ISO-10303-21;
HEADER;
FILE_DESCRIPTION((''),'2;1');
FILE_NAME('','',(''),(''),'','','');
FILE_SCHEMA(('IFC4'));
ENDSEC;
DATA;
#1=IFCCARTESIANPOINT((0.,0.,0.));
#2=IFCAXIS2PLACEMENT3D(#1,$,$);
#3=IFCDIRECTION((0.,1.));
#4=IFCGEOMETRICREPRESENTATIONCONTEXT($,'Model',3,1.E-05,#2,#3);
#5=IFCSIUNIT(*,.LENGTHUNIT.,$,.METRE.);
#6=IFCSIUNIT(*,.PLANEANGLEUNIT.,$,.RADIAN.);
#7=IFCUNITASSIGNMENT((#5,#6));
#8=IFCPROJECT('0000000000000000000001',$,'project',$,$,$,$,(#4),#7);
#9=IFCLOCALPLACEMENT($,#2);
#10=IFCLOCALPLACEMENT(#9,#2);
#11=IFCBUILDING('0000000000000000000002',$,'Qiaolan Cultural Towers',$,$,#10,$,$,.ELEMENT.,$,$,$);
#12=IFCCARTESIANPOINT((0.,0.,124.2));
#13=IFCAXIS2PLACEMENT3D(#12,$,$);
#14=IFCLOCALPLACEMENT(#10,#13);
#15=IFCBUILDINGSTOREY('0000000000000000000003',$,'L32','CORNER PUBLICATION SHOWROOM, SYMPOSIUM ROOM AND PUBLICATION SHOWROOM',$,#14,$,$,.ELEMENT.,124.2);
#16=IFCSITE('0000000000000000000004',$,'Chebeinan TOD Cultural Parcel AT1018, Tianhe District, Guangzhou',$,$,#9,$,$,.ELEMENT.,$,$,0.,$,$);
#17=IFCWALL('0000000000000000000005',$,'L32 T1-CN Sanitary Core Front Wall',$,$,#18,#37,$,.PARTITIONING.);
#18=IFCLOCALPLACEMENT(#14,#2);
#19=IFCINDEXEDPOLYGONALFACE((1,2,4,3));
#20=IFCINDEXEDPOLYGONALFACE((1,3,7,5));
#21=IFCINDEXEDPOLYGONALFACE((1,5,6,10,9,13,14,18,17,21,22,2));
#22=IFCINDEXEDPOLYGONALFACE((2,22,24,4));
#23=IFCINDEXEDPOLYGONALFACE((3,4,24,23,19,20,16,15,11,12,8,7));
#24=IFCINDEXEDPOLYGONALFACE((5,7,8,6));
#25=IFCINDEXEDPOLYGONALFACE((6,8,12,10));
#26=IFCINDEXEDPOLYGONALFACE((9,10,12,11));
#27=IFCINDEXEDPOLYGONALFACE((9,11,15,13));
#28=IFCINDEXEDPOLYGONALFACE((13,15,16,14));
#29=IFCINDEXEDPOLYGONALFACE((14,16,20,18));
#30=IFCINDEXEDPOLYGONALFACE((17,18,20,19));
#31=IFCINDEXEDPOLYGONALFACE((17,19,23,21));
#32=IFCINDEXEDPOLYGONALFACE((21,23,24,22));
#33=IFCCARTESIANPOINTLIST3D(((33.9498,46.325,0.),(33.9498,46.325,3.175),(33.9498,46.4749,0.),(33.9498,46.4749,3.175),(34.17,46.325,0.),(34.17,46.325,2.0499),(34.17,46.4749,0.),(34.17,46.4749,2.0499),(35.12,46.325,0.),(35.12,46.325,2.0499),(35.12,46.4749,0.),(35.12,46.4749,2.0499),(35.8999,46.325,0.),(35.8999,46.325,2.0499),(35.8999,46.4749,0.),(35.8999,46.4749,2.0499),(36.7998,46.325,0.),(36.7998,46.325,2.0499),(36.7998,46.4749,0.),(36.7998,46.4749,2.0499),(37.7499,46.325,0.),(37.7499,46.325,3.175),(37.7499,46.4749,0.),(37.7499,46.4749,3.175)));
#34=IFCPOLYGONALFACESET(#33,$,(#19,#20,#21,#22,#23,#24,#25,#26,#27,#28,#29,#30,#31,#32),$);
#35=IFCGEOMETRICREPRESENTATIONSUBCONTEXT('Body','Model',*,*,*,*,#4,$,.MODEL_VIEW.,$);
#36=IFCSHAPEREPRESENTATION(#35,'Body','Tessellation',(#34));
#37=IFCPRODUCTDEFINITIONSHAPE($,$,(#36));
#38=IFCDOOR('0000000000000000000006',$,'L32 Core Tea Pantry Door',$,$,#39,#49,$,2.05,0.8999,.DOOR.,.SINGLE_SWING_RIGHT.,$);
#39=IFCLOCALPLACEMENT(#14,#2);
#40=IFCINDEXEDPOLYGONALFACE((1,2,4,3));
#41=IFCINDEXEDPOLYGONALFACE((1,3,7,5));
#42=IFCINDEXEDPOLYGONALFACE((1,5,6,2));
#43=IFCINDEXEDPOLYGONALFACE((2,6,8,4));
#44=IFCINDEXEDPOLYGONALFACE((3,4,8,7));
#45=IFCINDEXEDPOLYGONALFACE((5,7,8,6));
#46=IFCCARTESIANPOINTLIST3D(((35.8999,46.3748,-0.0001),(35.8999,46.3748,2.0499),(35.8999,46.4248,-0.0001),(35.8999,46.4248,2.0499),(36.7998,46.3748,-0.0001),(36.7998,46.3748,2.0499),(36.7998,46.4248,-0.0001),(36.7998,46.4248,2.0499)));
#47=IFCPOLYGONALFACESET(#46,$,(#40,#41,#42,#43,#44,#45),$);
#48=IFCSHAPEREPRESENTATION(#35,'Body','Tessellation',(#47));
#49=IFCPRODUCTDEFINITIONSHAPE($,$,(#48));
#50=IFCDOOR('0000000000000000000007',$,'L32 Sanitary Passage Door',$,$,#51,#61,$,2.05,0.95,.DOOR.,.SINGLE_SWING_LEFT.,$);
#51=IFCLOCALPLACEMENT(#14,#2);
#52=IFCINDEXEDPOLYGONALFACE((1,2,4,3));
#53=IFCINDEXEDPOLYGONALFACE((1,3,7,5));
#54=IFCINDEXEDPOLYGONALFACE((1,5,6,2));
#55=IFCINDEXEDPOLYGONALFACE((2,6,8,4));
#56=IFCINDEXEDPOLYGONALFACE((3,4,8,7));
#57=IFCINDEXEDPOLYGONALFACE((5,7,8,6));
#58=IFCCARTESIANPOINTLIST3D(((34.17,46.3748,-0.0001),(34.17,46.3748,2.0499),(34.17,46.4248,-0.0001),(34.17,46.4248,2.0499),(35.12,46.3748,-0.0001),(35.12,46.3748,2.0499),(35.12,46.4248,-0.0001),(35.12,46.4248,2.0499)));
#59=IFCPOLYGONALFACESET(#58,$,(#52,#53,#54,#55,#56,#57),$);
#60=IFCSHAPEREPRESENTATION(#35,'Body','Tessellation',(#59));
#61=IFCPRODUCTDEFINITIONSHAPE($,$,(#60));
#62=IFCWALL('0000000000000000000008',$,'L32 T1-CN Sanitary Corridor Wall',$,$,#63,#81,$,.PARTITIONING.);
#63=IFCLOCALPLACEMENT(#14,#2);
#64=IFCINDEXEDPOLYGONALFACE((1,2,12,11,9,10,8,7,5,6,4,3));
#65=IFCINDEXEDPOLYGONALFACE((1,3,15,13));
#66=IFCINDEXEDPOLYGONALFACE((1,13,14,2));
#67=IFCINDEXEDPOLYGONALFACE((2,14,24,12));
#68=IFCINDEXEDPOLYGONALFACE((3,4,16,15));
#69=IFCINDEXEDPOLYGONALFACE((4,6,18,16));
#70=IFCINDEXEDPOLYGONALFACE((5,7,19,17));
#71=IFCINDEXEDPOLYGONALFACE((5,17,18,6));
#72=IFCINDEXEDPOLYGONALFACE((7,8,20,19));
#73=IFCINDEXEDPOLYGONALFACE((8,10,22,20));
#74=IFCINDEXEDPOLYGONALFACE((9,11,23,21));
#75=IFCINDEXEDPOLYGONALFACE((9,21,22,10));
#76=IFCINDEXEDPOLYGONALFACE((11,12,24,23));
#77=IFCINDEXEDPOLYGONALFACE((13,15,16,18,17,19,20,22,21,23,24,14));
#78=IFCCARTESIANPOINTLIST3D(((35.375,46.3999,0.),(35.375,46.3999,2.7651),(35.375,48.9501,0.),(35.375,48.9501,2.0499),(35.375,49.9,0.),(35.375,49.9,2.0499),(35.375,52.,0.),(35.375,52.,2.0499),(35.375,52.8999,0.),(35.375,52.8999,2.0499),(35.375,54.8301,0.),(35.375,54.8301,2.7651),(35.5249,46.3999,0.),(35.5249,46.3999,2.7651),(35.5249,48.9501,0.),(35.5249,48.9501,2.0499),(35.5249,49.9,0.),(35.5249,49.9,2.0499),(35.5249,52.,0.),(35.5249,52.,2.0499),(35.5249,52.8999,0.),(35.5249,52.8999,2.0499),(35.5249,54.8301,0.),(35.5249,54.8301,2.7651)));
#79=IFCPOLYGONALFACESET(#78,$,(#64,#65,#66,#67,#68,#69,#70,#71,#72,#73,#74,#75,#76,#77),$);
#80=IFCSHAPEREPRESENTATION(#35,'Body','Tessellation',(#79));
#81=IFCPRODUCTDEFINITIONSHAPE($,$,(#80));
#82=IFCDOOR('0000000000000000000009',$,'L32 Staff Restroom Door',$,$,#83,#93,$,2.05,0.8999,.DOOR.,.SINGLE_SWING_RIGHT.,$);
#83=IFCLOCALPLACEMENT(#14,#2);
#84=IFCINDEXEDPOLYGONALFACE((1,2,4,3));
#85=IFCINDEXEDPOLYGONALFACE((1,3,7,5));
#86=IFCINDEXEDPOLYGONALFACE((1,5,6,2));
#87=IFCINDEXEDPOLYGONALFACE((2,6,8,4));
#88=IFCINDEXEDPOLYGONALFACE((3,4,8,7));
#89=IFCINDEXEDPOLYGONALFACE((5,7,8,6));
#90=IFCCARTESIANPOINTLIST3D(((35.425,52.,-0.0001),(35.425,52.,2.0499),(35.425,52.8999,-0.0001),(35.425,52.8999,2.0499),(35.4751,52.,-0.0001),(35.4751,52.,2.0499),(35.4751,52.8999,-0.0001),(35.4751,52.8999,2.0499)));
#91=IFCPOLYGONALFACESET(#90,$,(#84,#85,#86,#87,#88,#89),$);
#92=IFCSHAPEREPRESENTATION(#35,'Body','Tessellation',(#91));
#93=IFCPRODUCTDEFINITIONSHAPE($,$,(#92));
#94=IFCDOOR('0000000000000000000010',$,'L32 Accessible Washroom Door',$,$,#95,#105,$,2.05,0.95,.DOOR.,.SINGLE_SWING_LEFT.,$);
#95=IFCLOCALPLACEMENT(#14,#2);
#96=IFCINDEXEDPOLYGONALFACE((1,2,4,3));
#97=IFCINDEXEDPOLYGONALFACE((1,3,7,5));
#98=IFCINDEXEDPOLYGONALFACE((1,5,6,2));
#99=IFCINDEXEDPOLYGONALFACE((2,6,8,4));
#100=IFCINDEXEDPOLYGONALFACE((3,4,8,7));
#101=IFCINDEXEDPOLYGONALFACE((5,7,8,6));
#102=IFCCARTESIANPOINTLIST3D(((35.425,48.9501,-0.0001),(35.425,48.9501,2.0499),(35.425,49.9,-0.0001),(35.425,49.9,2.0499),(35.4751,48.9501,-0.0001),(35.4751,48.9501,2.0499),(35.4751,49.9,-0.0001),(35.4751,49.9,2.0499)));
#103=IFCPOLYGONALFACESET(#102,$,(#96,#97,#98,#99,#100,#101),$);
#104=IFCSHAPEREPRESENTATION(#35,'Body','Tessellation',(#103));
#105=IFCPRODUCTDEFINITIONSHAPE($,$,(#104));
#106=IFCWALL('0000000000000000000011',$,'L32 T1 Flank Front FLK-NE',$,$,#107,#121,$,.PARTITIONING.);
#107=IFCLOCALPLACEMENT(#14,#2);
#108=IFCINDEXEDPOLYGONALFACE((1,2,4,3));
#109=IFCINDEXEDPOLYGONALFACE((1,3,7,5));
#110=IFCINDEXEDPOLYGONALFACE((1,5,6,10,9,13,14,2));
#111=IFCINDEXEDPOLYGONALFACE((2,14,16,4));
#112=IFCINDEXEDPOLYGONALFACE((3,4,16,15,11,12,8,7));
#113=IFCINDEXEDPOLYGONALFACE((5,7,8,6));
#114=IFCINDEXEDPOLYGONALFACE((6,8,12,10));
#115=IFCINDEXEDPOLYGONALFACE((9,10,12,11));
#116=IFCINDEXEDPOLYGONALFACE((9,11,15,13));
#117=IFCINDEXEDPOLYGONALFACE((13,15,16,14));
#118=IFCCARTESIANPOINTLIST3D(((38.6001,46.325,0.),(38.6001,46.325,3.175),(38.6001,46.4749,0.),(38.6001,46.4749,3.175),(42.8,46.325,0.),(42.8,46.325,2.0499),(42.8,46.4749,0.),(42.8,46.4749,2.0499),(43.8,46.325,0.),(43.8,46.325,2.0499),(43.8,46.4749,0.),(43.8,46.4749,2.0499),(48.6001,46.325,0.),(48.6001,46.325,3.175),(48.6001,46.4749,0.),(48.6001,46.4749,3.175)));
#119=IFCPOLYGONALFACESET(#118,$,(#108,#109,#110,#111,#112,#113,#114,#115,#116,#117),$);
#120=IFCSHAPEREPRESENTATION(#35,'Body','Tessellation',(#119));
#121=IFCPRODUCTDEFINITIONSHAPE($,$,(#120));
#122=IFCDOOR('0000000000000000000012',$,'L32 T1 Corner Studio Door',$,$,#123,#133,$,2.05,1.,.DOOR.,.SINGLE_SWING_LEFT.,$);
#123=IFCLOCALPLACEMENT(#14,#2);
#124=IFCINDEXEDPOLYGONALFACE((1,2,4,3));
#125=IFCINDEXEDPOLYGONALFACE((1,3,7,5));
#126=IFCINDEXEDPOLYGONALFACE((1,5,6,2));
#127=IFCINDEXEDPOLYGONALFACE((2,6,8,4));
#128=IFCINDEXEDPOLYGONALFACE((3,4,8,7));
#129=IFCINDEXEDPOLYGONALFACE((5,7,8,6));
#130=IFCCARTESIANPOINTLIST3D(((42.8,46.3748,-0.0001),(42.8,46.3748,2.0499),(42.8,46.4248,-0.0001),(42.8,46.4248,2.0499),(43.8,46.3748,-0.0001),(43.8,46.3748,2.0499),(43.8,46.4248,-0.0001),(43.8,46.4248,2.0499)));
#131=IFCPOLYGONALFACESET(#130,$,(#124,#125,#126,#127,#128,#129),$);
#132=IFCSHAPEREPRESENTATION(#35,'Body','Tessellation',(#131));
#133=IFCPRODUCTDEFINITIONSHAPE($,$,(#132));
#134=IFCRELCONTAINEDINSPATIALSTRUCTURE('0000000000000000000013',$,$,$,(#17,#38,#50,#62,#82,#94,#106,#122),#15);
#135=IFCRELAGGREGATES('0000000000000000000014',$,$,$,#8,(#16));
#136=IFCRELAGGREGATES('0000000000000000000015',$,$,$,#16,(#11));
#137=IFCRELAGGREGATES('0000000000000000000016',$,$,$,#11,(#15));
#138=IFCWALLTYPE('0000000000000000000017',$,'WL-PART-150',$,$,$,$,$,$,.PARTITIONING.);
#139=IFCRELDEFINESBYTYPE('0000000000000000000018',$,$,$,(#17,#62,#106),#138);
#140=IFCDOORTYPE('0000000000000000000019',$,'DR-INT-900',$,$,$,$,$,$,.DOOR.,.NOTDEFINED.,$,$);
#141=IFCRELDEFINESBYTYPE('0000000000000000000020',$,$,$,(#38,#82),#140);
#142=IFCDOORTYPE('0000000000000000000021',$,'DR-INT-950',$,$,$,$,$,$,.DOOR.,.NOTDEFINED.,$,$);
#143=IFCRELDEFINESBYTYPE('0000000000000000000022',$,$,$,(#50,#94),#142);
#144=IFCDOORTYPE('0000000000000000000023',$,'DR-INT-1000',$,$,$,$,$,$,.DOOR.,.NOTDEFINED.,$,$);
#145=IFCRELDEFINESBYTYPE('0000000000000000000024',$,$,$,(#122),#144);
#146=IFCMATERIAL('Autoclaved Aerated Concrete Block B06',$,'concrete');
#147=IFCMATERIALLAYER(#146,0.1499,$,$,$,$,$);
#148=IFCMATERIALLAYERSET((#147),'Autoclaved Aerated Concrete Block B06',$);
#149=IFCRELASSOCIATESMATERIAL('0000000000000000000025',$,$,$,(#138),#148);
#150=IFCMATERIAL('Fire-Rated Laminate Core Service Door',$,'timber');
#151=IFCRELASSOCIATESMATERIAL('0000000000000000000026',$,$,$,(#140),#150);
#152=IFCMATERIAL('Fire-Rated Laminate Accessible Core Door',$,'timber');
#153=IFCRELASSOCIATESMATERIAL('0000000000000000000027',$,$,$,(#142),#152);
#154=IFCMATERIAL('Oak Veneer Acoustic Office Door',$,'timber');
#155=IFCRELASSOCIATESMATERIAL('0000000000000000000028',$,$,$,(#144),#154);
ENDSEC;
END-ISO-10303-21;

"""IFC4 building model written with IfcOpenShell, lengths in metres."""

from ifc_helpers import new_model, si_unit, direction, frame, frame_2d, origin, place, context, subcontext, project, spatial, rectangle, extrude, material, layer, layer_set, type_object, element, fill, save


model = new_model("IFC4")

# Units and contexts
model_context = context("Model", 3, precision=1e-05, world=origin(), true_north=direction((0.0, 1.0)))
body_context = subcontext(model_context, "Body", "Model", "MODEL_VIEW")
ifc_project = project(units=[si_unit("LENGTHUNIT", "METRE"), si_unit("PLANEANGLEUNIT", "RADIAN")], contexts=[model_context])

# Site, building, storey
site_placement = place(None, origin())
site = spatial("IfcSite", under=ifc_project, at=site_placement, Name="Chebeinan TOD Cultural Parcel AT1018, Tianhe District, Guangzhou", CompositionType="ELEMENT", RefElevation=0.0)
building_placement = place(site_placement, origin())
building = spatial("IfcBuilding", under=site, at=building_placement, Name="Qiaolan Cultural Towers", CompositionType="ELEMENT")
storey_placement = place(building_placement, frame((0.0, 0.0, 124.2)))
storey = spatial("IfcBuildingStorey", under=building, at=storey_placement, Name="L32", Description="CORNER PUBLICATION SHOWROOM, SYMPOSIUM ROOM AND PUBLICATION SHOWROOM", CompositionType="ELEMENT", Elevation=124.2)

# Shared definitions
ifc_material_1 = material(Name="Autoclaved Aerated Concrete Block B06", Category="concrete")
ifc_layer_1 = layer(ifc_material_1, 0.1499)
ifc_layer_set_1 = layer_set([ifc_layer_1], Name="Autoclaved Aerated Concrete Block B06")
wall_type_1 = type_object("IfcWallType", Name="WL-PART-150", PredefinedType="PARTITIONING", material=ifc_layer_set_1)

# Walls, openings, doors
wall_1_placement = place(storey_placement, frame((33.95, 46.3999, 0.0), z_axis=(0.0, 0.0, 1.0), x_axis=(1.0, 0.0, 0.0)))
wall_1 = element("IfcWall", 1, at=wall_1_placement, inside=storey, type_object=wall_type_1, Name="L32 T1-CN Sanitary Core Front Wall", PredefinedType="PARTITIONING", context=body_context, shape_type="SweptSolid", body=[
    extrude(rectangle(XDim=3.8, YDim=0.1499, at=frame_2d((1.8999, 0.0))), origin(), (0.0, 0.0, 1.0), 3.175),
])
opening_1_placement = place(wall_1_placement, frame((0.22, 0.0, 0.0)))
opening_1 = element("IfcOpeningElement", 2, at=opening_1_placement, cuts=wall_1, PredefinedType="OPENING", context=body_context, shape_type="SweptSolid", body=[
    extrude(rectangle(XDim=0.95, YDim=2.05, at=frame_2d((0.4751, 1.0249))), frame((0.0, 0.085, 0.0), z_axis=(0.0, -1.0, 0.0), x_axis=(1.0, 0.0, 0.0)), (0.0, 0.0, 1.0), 0.1699),
])
opening_2_placement = place(wall_1_placement, frame((1.95, 0.0, 0.0)))
opening_2 = element("IfcOpeningElement", 3, at=opening_2_placement, cuts=wall_1, PredefinedType="OPENING", context=body_context, shape_type="SweptSolid", body=[
    extrude(rectangle(XDim=0.8999, YDim=2.05, at=frame_2d((0.45, 1.0249))), frame((0.0, 0.085, 0.0), z_axis=(0.0, -1.0, 0.0), x_axis=(1.0, 0.0, 0.0)), (0.0, 0.0, 1.0), 0.1699),
])
ifc_material_2 = material(Name="Fire-Rated Laminate Core Service Door", Category="timber")
door_type_1 = type_object("IfcDoorType", Name="DR-INT-900", OperationType="NOTDEFINED", PredefinedType="DOOR", material=ifc_material_2)
door_1_placement = place(opening_2_placement, origin())
door_1 = element("IfcDoor", 4, at=door_1_placement, inside=storey, type_object=door_type_1, Name="L32 Core Tea Pantry Door", OperationType="SINGLE_SWING_RIGHT", OverallHeight=2.05, OverallWidth=0.8999, PredefinedType="DOOR", context=body_context, shape_type="SweptSolid", body=[
    extrude(rectangle(XDim=0.8999, YDim=2.05, at=frame_2d((0.45, 1.0249))), frame((0.0, 0.0249, 0.0), z_axis=(0.0, -1.0, 0.0), x_axis=(1.0, 0.0, 0.0)), (0.0, 0.0, 1.0), 0.05),
])
fill(opening_2, door_1)
ifc_material_3 = material(Name="Fire-Rated Laminate Accessible Core Door", Category="timber")
door_type_2 = type_object("IfcDoorType", Name="DR-INT-950", OperationType="NOTDEFINED", PredefinedType="DOOR", material=ifc_material_3)
door_2_placement = place(opening_1_placement, origin())
door_2 = element("IfcDoor", 5, at=door_2_placement, inside=storey, type_object=door_type_2, Name="L32 Sanitary Passage Door", OperationType="SINGLE_SWING_LEFT", OverallHeight=2.05, OverallWidth=0.95, PredefinedType="DOOR", context=body_context, shape_type="SweptSolid", body=[
    extrude(rectangle(XDim=0.95, YDim=2.05, at=frame_2d((0.4751, 1.0249))), frame((0.0, 0.0249, 0.0), z_axis=(0.0, -1.0, 0.0), x_axis=(1.0, 0.0, 0.0)), (0.0, 0.0, 1.0), 0.05),
])
fill(opening_1, door_2)
wall_2_placement = place(storey_placement, frame((35.45, 46.3999, 0.0), z_axis=(0.0, 0.0, 1.0), x_axis=(0.0, 1.0, 0.0)))
wall_2 = element("IfcWall", 6, at=wall_2_placement, inside=storey, type_object=wall_type_1, Name="L32 T1-CN Sanitary Corridor Wall", PredefinedType="PARTITIONING", context=body_context, shape_type="SweptSolid", body=[
    extrude(rectangle(XDim=8.4302, YDim=0.1499, at=frame_2d((4.2151, 0.0))), origin(), (0.0, 0.0, 1.0), 2.7651),
])
opening_3_placement = place(wall_2_placement, frame((2.55, 0.0, 0.0)))
opening_3 = element("IfcOpeningElement", 7, at=opening_3_placement, cuts=wall_2, PredefinedType="OPENING", context=body_context, shape_type="SweptSolid", body=[
    extrude(rectangle(XDim=0.95, YDim=2.05, at=frame_2d((0.4751, 1.0249))), frame((0.0, 0.085, 0.0), z_axis=(0.0, -1.0, 0.0), x_axis=(1.0, 0.0, 0.0)), (0.0, 0.0, 1.0), 0.1699),
])
opening_4_placement = place(wall_2_placement, frame((5.6001, 0.0, 0.0)))
opening_4 = element("IfcOpeningElement", 8, at=opening_4_placement, cuts=wall_2, PredefinedType="OPENING", context=body_context, shape_type="SweptSolid", body=[
    extrude(rectangle(XDim=0.8999, YDim=2.05, at=frame_2d((0.45, 1.0249))), frame((0.0, 0.085, 0.0), z_axis=(0.0, -1.0, 0.0), x_axis=(1.0, 0.0, 0.0)), (0.0, 0.0, 1.0), 0.1699),
])
door_3_placement = place(opening_4_placement, origin())
door_3 = element("IfcDoor", 9, at=door_3_placement, inside=storey, type_object=door_type_1, Name="L32 Staff Restroom Door", OperationType="SINGLE_SWING_RIGHT", OverallHeight=2.05, OverallWidth=0.8999, PredefinedType="DOOR", context=body_context, shape_type="SweptSolid", body=[
    extrude(rectangle(XDim=0.8999, YDim=2.05, at=frame_2d((0.45, 1.0249))), frame((0.0, 0.0249, 0.0), z_axis=(0.0, -1.0, 0.0), x_axis=(1.0, 0.0, 0.0)), (0.0, 0.0, 1.0), 0.05),
])
fill(opening_4, door_3)
door_4_placement = place(opening_3_placement, origin())
door_4 = element("IfcDoor", 10, at=door_4_placement, inside=storey, type_object=door_type_2, Name="L32 Accessible Washroom Door", OperationType="SINGLE_SWING_LEFT", OverallHeight=2.05, OverallWidth=0.95, PredefinedType="DOOR", context=body_context, shape_type="SweptSolid", body=[
    extrude(rectangle(XDim=0.95, YDim=2.05, at=frame_2d((0.4751, 1.0249))), frame((0.0, 0.0249, 0.0), z_axis=(0.0, -1.0, 0.0), x_axis=(1.0, 0.0, 0.0)), (0.0, 0.0, 1.0), 0.05),
])
fill(opening_3, door_4)

# Wall, opening, door
wall_3_placement = place(storey_placement, frame((38.6001, 46.3999, 0.0), z_axis=(0.0, 0.0, 1.0), x_axis=(1.0, 0.0, 0.0)))
wall_3 = element("IfcWall", 11, at=wall_3_placement, inside=storey, type_object=wall_type_1, Name="L32 T1 Flank Front FLK-NE", PredefinedType="PARTITIONING", context=body_context, shape_type="SweptSolid", body=[
    extrude(rectangle(XDim=10.0, YDim=0.1499, at=frame_2d((5.0, 0.0))), origin(), (0.0, 0.0, 1.0), 3.175),
])
opening_5_placement = place(wall_3_placement, frame((4.2, 0.0, 0.0)))
opening_5 = element("IfcOpeningElement", 12, at=opening_5_placement, cuts=wall_3, PredefinedType="OPENING", context=body_context, shape_type="SweptSolid", body=[
    extrude(rectangle(XDim=1.0, YDim=2.05, at=frame_2d((0.5, 1.0249))), frame((0.0, 0.085, 0.0), z_axis=(0.0, -1.0, 0.0), x_axis=(1.0, 0.0, 0.0)), (0.0, 0.0, 1.0), 0.1699),
])
ifc_material_4 = material(Name="Oak Veneer Acoustic Office Door", Category="timber")
door_type_3 = type_object("IfcDoorType", Name="DR-INT-1000", OperationType="NOTDEFINED", PredefinedType="DOOR", material=ifc_material_4)
door_5_placement = place(opening_5_placement, origin())
door_5 = element("IfcDoor", 13, at=door_5_placement, inside=storey, type_object=door_type_3, Name="L32 T1 Corner Studio Door", OperationType="SINGLE_SWING_LEFT", OverallHeight=2.05, OverallWidth=1.0, PredefinedType="DOOR", context=body_context, shape_type="SweptSolid", body=[
    extrude(rectangle(XDim=1.0, YDim=2.05, at=frame_2d((0.5, 1.0249))), frame((0.0, 0.0249, 0.0), z_axis=(0.0, -1.0, 0.0), x_axis=(1.0, 0.0, 0.0)), (0.0, 0.0, 1.0), 0.05),
])
fill(opening_5, door_5)

save(model, "model.ifc")
